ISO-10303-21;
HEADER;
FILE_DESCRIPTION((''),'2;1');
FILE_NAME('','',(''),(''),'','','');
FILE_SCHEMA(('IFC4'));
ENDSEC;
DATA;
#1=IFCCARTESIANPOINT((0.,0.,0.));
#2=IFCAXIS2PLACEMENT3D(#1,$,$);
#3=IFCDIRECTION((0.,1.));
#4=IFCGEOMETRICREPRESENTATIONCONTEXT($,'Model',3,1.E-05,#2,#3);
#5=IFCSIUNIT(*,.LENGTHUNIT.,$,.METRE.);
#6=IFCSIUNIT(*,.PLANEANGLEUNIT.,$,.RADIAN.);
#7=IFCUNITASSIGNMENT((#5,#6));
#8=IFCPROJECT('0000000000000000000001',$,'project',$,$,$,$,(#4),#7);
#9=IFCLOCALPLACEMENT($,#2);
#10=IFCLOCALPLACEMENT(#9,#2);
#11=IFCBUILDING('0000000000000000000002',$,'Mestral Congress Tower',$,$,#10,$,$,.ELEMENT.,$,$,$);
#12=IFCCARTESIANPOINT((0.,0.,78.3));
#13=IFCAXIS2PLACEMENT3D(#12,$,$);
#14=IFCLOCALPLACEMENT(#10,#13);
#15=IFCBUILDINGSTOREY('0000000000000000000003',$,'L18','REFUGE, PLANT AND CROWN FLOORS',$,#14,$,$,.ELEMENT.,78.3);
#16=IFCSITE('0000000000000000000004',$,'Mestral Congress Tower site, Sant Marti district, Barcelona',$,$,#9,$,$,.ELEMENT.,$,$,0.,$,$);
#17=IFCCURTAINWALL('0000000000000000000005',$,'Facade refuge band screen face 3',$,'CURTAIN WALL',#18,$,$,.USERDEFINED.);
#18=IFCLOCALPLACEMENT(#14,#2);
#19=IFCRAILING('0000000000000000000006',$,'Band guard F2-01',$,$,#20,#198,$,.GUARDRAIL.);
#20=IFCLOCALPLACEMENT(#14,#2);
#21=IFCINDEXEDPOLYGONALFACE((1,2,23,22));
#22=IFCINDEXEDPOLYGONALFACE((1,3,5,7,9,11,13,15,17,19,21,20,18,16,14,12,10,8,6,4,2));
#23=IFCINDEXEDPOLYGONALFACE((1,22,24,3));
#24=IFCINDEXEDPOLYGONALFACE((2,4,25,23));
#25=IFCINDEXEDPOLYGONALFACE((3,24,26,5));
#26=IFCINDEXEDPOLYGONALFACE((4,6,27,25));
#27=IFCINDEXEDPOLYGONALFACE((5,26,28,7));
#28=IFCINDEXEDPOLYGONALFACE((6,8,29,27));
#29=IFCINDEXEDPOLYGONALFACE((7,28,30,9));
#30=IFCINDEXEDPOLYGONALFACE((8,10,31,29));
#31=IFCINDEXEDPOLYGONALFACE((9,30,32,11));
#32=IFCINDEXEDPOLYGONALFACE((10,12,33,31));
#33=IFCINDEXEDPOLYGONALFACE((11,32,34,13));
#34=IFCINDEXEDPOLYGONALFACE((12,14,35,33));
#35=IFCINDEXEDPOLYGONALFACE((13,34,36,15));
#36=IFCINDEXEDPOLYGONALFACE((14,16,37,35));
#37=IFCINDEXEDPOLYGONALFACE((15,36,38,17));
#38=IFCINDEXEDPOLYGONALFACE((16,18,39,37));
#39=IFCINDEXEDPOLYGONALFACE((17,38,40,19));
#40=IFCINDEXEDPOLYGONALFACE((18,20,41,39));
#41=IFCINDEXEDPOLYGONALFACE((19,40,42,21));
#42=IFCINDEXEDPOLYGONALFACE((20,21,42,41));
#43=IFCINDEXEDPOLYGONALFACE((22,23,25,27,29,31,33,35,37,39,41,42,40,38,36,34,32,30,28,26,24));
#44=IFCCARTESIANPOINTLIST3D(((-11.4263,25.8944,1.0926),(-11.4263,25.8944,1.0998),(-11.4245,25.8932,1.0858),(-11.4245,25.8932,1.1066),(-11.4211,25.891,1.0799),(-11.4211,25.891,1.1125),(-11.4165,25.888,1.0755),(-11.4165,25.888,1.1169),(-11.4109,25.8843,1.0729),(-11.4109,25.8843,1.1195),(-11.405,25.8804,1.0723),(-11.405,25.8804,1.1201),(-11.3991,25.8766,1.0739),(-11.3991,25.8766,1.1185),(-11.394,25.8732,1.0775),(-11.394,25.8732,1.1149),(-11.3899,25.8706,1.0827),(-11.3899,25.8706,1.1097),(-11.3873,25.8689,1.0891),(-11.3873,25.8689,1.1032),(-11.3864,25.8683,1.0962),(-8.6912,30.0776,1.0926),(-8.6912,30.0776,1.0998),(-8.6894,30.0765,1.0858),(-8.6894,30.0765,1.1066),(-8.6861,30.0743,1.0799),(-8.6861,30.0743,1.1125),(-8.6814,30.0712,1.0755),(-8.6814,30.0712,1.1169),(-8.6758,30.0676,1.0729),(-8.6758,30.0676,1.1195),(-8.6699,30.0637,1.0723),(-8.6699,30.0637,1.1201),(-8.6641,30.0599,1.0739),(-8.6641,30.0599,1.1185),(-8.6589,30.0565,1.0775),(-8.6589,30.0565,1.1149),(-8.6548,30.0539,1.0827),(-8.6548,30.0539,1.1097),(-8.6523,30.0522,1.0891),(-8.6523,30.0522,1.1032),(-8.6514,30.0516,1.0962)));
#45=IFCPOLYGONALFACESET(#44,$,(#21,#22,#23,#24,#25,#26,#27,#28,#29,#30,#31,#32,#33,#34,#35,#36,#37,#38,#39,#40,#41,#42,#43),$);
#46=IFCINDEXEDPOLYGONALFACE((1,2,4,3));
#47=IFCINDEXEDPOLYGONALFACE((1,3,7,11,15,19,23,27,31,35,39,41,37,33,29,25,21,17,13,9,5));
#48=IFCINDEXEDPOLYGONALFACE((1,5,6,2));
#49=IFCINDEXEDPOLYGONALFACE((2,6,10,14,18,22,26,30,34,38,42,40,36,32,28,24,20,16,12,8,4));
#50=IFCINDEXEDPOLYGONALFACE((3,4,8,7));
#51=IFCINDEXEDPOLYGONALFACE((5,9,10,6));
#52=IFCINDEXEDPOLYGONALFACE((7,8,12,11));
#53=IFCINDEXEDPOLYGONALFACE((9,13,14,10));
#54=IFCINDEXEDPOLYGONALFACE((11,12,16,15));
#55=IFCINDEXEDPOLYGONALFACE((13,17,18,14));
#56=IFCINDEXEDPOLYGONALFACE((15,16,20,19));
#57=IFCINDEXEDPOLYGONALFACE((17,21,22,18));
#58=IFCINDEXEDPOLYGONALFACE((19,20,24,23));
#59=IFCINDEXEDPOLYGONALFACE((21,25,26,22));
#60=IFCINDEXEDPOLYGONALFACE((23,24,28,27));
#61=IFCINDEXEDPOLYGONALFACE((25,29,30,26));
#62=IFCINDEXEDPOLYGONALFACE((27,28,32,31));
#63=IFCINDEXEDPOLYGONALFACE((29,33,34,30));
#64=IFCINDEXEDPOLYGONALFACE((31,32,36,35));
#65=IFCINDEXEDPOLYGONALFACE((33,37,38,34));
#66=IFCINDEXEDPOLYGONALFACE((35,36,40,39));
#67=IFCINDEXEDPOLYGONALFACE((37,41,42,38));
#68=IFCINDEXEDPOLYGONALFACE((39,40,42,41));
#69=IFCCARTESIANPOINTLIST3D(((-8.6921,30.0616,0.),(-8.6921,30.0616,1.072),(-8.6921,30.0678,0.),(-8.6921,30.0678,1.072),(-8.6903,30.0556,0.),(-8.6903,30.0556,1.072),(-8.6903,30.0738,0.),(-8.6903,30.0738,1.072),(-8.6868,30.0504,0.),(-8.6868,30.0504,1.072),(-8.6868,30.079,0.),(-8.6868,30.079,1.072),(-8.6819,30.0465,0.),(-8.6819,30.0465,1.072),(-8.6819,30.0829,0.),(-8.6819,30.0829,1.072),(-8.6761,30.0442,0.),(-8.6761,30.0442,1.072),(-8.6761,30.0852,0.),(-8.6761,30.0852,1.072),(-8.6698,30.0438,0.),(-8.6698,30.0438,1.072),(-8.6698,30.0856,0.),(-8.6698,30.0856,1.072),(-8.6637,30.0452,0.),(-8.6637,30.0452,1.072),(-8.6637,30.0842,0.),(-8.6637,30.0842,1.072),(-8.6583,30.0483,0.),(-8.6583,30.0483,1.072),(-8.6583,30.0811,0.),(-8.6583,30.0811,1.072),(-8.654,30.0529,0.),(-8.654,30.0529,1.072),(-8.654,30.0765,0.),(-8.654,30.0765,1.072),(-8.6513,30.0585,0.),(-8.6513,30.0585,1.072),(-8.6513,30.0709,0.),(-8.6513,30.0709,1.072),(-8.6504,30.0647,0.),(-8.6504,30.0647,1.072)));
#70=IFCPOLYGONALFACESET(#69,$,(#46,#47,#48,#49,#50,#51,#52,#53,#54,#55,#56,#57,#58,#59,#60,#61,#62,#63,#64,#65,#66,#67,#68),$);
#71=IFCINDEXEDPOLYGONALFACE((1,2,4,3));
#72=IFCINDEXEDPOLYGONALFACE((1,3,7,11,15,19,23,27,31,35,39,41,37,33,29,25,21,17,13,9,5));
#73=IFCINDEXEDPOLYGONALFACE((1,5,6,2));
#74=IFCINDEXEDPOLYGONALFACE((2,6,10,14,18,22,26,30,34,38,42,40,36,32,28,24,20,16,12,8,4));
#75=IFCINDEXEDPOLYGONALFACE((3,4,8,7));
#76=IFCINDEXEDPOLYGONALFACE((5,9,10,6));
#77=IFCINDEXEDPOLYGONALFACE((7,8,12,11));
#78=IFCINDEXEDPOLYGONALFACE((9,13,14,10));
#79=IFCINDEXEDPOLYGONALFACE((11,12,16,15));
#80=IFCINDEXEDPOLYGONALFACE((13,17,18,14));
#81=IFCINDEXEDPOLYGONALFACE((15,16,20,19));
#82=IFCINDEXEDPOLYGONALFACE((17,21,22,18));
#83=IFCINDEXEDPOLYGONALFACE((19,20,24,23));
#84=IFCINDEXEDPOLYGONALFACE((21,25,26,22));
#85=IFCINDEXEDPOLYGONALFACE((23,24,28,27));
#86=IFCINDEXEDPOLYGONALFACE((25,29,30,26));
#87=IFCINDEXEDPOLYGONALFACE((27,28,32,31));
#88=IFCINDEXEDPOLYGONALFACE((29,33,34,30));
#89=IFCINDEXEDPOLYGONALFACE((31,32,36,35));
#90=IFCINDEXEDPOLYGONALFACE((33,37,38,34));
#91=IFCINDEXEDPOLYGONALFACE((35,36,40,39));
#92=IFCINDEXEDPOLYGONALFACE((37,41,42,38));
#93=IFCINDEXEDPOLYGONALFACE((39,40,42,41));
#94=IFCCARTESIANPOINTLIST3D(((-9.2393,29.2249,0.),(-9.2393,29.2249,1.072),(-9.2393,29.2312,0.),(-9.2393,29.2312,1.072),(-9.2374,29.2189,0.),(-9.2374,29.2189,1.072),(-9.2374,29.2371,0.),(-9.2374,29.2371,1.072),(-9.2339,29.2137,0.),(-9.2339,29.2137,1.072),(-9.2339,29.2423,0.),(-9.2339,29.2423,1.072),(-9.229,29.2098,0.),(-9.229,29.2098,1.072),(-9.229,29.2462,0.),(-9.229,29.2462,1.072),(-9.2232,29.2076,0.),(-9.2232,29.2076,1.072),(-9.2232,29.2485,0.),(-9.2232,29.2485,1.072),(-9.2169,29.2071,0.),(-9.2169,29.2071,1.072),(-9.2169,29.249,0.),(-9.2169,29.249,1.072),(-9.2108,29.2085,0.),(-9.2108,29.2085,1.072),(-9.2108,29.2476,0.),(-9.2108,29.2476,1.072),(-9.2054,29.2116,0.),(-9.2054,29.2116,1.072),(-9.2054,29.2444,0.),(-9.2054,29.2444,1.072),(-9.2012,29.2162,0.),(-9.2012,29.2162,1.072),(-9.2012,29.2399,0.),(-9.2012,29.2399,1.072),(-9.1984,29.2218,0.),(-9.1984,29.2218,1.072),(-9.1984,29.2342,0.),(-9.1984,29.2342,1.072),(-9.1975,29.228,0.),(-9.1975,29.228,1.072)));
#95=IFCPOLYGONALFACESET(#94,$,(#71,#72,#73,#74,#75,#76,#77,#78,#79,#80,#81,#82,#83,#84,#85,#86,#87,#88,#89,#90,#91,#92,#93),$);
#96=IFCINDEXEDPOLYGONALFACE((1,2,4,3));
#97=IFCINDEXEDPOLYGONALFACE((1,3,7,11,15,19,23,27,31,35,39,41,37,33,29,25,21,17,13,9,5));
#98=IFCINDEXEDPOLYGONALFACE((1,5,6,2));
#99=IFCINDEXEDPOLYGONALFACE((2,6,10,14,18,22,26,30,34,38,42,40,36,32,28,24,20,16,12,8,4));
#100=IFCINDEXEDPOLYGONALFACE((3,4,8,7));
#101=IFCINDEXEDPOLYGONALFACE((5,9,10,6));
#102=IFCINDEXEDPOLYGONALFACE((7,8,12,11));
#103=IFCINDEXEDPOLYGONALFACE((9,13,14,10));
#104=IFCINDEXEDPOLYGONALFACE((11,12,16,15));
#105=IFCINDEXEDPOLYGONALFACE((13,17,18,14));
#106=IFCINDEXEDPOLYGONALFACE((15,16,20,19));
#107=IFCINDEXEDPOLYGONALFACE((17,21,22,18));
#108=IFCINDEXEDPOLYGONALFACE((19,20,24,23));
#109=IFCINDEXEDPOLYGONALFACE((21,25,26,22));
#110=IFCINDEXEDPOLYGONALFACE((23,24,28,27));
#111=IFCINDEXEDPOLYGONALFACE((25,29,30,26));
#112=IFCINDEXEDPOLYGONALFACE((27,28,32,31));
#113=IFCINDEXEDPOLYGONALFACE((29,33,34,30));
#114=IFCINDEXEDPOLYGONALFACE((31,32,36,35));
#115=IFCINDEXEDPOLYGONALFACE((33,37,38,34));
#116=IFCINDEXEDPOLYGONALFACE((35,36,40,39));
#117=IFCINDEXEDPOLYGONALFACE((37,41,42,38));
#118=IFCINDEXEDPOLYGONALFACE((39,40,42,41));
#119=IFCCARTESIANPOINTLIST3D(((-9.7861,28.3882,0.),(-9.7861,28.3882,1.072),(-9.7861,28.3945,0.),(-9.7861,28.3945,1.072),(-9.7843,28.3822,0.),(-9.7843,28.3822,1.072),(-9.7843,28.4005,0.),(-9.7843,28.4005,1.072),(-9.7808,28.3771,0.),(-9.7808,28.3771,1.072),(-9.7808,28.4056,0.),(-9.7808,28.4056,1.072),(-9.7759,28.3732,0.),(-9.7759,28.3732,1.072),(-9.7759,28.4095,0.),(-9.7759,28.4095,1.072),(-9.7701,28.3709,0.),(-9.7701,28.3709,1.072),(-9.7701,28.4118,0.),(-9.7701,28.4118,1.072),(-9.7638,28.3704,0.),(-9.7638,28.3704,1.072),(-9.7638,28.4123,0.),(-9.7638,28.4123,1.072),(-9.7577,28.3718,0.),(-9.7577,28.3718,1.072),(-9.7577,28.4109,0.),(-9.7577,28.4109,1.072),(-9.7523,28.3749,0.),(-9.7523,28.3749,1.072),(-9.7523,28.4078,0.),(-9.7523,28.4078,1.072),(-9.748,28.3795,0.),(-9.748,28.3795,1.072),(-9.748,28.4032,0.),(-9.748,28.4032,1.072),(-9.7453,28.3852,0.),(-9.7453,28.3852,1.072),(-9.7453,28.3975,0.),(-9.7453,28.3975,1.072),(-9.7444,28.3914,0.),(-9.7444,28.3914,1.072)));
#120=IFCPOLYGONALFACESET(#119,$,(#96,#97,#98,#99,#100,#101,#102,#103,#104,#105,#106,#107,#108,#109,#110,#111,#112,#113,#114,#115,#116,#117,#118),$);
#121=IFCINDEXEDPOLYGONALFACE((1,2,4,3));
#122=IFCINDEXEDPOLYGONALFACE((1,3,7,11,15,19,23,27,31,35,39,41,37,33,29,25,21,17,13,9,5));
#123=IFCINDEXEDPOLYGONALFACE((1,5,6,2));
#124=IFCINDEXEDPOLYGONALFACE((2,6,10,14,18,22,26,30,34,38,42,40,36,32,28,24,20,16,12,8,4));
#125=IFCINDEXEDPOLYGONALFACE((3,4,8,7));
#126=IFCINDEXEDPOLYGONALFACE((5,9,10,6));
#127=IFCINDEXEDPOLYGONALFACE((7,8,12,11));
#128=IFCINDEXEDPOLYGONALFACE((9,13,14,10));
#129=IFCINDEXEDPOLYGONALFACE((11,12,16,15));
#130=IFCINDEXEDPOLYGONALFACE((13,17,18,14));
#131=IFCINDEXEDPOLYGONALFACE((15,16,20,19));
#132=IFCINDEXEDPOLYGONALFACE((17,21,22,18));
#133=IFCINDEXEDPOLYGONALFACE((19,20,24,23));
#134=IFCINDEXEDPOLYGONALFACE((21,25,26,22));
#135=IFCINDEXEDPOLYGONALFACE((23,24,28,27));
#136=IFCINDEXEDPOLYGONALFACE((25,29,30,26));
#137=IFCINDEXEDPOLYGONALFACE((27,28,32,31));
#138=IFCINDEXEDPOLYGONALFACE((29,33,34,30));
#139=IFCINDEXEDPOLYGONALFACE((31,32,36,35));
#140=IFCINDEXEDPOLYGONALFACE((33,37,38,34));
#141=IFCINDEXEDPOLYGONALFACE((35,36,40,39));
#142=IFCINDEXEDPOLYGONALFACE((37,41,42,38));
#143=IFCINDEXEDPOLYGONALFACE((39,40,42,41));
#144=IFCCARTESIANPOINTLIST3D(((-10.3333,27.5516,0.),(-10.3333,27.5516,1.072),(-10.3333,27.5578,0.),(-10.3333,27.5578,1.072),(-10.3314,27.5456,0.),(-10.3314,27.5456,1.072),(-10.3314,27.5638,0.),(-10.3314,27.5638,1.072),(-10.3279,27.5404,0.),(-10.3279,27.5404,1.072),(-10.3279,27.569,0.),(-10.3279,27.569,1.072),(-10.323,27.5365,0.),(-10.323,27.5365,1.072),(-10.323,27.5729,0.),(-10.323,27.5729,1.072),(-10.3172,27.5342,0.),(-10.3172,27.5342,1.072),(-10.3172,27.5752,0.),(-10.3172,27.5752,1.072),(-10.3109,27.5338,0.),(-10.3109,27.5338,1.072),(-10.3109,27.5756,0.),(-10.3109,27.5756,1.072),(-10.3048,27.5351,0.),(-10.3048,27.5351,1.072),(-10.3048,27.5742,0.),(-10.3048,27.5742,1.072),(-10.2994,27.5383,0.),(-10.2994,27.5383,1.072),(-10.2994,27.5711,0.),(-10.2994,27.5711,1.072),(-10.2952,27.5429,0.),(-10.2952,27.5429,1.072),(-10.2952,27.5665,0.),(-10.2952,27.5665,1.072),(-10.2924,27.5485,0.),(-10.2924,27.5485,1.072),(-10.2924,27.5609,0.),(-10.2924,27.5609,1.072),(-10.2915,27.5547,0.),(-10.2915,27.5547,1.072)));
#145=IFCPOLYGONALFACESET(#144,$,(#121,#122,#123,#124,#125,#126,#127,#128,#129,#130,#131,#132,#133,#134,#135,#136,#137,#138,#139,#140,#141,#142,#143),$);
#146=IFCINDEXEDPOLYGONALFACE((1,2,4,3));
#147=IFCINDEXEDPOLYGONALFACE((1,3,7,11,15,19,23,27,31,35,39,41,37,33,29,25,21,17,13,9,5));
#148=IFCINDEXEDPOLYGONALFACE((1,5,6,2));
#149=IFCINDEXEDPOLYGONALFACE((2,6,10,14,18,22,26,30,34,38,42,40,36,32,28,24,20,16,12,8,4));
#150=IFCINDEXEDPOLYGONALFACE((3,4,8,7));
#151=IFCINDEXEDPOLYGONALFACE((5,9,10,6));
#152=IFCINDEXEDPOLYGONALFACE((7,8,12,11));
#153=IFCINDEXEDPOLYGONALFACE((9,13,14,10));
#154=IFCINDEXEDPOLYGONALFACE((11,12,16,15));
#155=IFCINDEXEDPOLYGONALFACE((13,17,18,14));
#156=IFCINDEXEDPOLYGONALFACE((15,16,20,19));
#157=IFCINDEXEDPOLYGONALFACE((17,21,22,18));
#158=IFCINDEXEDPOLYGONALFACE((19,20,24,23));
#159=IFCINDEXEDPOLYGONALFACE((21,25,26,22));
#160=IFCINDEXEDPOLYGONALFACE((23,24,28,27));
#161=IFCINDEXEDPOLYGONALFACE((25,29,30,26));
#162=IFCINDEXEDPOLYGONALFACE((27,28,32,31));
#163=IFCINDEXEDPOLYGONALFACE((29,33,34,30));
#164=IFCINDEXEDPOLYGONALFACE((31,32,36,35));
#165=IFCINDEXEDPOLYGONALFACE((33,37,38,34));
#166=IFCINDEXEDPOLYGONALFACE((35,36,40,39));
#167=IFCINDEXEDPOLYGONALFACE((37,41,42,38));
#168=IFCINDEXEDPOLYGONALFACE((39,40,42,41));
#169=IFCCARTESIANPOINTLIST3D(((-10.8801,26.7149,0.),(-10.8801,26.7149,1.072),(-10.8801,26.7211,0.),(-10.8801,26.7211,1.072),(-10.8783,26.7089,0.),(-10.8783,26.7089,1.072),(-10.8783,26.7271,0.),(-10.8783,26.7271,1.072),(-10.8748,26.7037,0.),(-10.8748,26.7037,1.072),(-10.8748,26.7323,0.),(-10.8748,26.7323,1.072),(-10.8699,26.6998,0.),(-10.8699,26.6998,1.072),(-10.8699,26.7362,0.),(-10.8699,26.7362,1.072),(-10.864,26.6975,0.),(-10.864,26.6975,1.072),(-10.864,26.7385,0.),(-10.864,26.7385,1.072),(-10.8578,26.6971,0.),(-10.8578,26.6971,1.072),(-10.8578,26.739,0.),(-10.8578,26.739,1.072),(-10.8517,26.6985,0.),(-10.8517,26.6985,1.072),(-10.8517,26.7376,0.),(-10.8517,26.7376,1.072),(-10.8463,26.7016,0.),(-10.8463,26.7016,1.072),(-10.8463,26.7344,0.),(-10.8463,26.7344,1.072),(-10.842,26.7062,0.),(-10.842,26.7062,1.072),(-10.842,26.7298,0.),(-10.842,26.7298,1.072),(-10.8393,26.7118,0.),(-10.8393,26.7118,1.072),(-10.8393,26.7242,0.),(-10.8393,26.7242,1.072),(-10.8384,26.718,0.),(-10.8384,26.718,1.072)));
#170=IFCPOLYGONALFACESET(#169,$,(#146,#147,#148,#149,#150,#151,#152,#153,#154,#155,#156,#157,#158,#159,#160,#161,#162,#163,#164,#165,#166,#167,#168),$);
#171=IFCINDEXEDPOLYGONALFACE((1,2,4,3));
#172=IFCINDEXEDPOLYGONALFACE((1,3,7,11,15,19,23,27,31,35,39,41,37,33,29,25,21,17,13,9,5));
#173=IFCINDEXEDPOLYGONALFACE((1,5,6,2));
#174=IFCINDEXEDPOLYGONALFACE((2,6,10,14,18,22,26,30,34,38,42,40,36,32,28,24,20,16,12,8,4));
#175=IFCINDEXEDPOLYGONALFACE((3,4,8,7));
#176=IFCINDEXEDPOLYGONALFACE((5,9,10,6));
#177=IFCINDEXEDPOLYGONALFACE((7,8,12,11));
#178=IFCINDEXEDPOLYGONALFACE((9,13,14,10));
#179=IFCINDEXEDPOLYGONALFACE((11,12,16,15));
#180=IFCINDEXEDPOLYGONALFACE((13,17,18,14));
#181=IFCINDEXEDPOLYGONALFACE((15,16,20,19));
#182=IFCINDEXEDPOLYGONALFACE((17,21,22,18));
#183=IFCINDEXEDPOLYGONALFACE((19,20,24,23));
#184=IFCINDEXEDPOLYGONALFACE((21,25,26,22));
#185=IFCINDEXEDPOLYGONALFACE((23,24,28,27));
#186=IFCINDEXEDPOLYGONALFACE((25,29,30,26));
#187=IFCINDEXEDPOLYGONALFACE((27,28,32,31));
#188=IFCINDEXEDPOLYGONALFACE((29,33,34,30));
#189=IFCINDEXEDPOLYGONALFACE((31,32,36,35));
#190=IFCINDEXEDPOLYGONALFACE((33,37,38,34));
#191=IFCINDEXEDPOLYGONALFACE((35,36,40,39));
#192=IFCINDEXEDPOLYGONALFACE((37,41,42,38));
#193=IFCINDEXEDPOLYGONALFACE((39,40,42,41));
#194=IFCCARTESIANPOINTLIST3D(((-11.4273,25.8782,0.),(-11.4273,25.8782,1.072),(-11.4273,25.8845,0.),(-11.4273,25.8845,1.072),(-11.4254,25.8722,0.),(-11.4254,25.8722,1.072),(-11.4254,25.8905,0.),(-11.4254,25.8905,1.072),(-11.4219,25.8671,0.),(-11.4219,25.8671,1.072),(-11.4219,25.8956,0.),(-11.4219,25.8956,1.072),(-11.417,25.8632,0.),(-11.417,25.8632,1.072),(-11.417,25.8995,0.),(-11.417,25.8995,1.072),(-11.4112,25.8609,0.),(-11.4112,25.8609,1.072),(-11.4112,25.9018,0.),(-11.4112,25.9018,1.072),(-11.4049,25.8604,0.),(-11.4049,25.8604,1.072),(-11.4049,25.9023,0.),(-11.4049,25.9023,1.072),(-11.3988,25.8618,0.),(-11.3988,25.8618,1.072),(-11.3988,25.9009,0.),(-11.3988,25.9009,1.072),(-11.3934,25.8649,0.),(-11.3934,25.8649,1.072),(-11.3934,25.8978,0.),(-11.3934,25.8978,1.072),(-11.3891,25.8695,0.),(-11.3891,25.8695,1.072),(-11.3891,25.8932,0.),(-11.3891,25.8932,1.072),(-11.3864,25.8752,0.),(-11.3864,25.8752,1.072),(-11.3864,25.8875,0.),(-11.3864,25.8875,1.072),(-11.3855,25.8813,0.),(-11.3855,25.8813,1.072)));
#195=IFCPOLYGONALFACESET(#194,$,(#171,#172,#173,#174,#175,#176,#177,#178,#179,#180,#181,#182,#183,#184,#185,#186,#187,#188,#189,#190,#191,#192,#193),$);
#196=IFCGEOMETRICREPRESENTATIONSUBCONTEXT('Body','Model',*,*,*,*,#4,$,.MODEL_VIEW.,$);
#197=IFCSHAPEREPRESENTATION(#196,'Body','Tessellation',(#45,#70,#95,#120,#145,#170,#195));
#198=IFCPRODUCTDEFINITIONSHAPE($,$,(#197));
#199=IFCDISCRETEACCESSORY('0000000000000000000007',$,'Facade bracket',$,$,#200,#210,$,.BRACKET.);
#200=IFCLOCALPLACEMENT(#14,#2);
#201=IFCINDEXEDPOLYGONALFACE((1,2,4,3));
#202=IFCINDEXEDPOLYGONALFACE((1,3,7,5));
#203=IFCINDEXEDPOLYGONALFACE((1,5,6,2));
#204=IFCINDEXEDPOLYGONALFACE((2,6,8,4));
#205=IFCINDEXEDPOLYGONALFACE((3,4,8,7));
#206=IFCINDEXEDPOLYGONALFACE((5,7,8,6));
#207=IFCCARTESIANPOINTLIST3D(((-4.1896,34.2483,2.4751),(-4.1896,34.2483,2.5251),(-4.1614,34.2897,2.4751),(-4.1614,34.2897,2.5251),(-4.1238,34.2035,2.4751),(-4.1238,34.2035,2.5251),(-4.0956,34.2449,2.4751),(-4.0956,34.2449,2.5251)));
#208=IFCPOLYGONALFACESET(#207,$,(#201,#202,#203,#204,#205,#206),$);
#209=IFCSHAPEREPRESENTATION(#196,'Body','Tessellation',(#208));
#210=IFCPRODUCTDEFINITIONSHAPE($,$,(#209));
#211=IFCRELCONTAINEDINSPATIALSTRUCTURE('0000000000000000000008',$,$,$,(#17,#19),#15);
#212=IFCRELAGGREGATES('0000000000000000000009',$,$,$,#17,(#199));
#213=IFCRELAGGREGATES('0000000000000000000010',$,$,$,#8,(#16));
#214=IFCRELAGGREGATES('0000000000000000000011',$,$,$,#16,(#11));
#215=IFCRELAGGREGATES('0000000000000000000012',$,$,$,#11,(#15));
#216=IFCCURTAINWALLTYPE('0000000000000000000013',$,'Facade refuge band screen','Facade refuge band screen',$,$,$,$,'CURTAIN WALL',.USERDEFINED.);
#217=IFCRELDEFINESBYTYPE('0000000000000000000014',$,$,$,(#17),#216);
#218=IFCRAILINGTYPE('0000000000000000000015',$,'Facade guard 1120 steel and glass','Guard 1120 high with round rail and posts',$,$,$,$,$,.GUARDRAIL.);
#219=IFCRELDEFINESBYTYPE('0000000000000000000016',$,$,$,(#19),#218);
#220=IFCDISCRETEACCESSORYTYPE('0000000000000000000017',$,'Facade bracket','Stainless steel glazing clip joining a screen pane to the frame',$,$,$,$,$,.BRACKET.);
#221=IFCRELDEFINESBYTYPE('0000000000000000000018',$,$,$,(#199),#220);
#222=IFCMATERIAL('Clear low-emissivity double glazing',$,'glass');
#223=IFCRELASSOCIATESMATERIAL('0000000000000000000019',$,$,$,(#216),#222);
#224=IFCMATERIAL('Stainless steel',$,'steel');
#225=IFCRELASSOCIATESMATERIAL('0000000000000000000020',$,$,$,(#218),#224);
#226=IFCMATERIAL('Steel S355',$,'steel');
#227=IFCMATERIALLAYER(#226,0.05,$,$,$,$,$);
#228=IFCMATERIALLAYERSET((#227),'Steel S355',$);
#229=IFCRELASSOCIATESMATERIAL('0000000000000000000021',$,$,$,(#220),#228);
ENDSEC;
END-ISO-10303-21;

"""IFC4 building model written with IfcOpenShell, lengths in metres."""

from ifc_helpers import new_model, si_unit, direction, frame, origin, origin_2d, place, context, subcontext, project, spatial, rectangle, circle, extrude, material, layer, layer_set, type_object, element, aggregate, save


model = new_model("IFC4")

# Units and contexts
model_context = context("Model", 3, precision=1e-05, world=origin(), true_north=direction((0.0, 1.0)))
body_context = subcontext(model_context, "Body", "Model", "MODEL_VIEW")
ifc_project = project(units=[si_unit("LENGTHUNIT", "METRE"), si_unit("PLANEANGLEUNIT", "RADIAN")], contexts=[model_context])

# Site, building, storey
site_placement = place(None, origin())
site = spatial("IfcSite", under=ifc_project, at=site_placement, Name="Mestral Congress Tower site, Sant Marti district, Barcelona", CompositionType="ELEMENT", RefElevation=0.0)
building_placement = place(site_placement, origin())
building = spatial("IfcBuilding", under=site, at=building_placement, Name="Mestral Congress Tower", CompositionType="ELEMENT")
storey_placement = place(building_placement, frame((0.0, 0.0, 78.3)))
storey = spatial("IfcBuildingStorey", under=building, at=storey_placement, Name="L18", Description="REFUGE, PLANT AND CROWN FLOORS", CompositionType="ELEMENT", Elevation=78.3)

# Shared definitions
ifc_material_1 = material(Name="Steel S355", Category="steel")

# Curtain wall
ifc_material_2 = material(Name="Clear low-emissivity double glazing", Category="glass")
curtain_wall_type = type_object("IfcCurtainWallType", Name="Facade refuge band screen", Description="Facade refuge band screen", ElementType="CURTAIN WALL", PredefinedType="USERDEFINED", material=ifc_material_2)
curtain_wall_placement = place(storey_placement, origin())
curtain_wall = element("IfcCurtainWall", 1, at=curtain_wall_placement, inside=storey, type_object=curtain_wall_type, Name="Facade refuge band screen face 3", ObjectType="CURTAIN WALL", PredefinedType="USERDEFINED")

# Railing
ifc_material_3 = material(Name="Stainless steel", Category="steel")
railing_type = type_object("IfcRailingType", Name="Facade guard 1120 steel and glass", Description="Guard 1120 high with round rail and posts", PredefinedType="GUARDRAIL", material=ifc_material_3)
railing_placement = place(storey_placement, frame((-8.6714, 30.0647, 0.0)))
element("IfcRailing", 2, at=railing_placement, inside=storey, type_object=railing_type, Name="Band guard F2-01", PredefinedType="GUARDRAIL", context=body_context, shape_type="SweptSolid", body=[
    extrude(circle(Radius=0.0239, at=origin_2d()), frame((0.0, 0.0, 1.0962), z_axis=(-0.547227, -0.836984, 0.0), x_axis=(0.836984, -0.547227, 0.0)), (0.0, 0.0, 1.0), 4.998),
    extrude(circle(Radius=0.021, at=origin_2d()), origin(), (0.0, 0.0, 1.0), 1.072),
    extrude(circle(Radius=0.021, at=origin_2d()), frame((-0.5471, -0.8367, 0.0)), (0.0, 0.0, 1.0), 1.072),
    extrude(circle(Radius=0.021, at=origin_2d()), frame((-1.094, -1.6733, 0.0)), (0.0, 0.0, 1.0), 1.072),
    extrude(circle(Radius=0.021, at=origin_2d()), frame((-1.6411, -2.51, 0.0)), (0.0, 0.0, 1.0), 1.072),
    extrude(circle(Radius=0.021, at=origin_2d()), frame((-2.188, -3.3467, 0.0)), (0.0, 0.0, 1.0), 1.072),
    extrude(circle(Radius=0.021, at=origin_2d()), frame((-2.7351, -4.1833, 0.0)), (0.0, 0.0, 1.0), 1.072),
])

# Discrete accessory
ifc_layer_1 = layer(ifc_material_1, 0.05)
ifc_layer_set_1 = layer_set([ifc_layer_1], Name="Steel S355")
discrete_accessory_type = type_object("IfcDiscreteAccessoryType", Name="Facade bracket", Description="Stainless steel glazing clip joining a screen pane to the frame", PredefinedType="BRACKET", material=ifc_layer_set_1)
discrete_accessory_placement = place(storey_placement, frame((-4.1426, 34.2466, 2.4751), z_axis=(0.0, 0.0, 1.0), x_axis=(-0.562633, -0.826707, 0.0)))
discrete_accessory = element("IfcDiscreteAccessory", 3, at=discrete_accessory_placement, type_object=discrete_accessory_type, Name="Facade bracket", PredefinedType="BRACKET", context=body_context, shape_type="SweptSolid", body=[
    extrude(rectangle(XDim=0.05, YDim=0.0796, at=origin_2d()), origin(), (0.0, 0.0, 1.0), 0.05),
])
aggregate(curtain_wall, [discrete_accessory])

save(model, "model.ifc")
